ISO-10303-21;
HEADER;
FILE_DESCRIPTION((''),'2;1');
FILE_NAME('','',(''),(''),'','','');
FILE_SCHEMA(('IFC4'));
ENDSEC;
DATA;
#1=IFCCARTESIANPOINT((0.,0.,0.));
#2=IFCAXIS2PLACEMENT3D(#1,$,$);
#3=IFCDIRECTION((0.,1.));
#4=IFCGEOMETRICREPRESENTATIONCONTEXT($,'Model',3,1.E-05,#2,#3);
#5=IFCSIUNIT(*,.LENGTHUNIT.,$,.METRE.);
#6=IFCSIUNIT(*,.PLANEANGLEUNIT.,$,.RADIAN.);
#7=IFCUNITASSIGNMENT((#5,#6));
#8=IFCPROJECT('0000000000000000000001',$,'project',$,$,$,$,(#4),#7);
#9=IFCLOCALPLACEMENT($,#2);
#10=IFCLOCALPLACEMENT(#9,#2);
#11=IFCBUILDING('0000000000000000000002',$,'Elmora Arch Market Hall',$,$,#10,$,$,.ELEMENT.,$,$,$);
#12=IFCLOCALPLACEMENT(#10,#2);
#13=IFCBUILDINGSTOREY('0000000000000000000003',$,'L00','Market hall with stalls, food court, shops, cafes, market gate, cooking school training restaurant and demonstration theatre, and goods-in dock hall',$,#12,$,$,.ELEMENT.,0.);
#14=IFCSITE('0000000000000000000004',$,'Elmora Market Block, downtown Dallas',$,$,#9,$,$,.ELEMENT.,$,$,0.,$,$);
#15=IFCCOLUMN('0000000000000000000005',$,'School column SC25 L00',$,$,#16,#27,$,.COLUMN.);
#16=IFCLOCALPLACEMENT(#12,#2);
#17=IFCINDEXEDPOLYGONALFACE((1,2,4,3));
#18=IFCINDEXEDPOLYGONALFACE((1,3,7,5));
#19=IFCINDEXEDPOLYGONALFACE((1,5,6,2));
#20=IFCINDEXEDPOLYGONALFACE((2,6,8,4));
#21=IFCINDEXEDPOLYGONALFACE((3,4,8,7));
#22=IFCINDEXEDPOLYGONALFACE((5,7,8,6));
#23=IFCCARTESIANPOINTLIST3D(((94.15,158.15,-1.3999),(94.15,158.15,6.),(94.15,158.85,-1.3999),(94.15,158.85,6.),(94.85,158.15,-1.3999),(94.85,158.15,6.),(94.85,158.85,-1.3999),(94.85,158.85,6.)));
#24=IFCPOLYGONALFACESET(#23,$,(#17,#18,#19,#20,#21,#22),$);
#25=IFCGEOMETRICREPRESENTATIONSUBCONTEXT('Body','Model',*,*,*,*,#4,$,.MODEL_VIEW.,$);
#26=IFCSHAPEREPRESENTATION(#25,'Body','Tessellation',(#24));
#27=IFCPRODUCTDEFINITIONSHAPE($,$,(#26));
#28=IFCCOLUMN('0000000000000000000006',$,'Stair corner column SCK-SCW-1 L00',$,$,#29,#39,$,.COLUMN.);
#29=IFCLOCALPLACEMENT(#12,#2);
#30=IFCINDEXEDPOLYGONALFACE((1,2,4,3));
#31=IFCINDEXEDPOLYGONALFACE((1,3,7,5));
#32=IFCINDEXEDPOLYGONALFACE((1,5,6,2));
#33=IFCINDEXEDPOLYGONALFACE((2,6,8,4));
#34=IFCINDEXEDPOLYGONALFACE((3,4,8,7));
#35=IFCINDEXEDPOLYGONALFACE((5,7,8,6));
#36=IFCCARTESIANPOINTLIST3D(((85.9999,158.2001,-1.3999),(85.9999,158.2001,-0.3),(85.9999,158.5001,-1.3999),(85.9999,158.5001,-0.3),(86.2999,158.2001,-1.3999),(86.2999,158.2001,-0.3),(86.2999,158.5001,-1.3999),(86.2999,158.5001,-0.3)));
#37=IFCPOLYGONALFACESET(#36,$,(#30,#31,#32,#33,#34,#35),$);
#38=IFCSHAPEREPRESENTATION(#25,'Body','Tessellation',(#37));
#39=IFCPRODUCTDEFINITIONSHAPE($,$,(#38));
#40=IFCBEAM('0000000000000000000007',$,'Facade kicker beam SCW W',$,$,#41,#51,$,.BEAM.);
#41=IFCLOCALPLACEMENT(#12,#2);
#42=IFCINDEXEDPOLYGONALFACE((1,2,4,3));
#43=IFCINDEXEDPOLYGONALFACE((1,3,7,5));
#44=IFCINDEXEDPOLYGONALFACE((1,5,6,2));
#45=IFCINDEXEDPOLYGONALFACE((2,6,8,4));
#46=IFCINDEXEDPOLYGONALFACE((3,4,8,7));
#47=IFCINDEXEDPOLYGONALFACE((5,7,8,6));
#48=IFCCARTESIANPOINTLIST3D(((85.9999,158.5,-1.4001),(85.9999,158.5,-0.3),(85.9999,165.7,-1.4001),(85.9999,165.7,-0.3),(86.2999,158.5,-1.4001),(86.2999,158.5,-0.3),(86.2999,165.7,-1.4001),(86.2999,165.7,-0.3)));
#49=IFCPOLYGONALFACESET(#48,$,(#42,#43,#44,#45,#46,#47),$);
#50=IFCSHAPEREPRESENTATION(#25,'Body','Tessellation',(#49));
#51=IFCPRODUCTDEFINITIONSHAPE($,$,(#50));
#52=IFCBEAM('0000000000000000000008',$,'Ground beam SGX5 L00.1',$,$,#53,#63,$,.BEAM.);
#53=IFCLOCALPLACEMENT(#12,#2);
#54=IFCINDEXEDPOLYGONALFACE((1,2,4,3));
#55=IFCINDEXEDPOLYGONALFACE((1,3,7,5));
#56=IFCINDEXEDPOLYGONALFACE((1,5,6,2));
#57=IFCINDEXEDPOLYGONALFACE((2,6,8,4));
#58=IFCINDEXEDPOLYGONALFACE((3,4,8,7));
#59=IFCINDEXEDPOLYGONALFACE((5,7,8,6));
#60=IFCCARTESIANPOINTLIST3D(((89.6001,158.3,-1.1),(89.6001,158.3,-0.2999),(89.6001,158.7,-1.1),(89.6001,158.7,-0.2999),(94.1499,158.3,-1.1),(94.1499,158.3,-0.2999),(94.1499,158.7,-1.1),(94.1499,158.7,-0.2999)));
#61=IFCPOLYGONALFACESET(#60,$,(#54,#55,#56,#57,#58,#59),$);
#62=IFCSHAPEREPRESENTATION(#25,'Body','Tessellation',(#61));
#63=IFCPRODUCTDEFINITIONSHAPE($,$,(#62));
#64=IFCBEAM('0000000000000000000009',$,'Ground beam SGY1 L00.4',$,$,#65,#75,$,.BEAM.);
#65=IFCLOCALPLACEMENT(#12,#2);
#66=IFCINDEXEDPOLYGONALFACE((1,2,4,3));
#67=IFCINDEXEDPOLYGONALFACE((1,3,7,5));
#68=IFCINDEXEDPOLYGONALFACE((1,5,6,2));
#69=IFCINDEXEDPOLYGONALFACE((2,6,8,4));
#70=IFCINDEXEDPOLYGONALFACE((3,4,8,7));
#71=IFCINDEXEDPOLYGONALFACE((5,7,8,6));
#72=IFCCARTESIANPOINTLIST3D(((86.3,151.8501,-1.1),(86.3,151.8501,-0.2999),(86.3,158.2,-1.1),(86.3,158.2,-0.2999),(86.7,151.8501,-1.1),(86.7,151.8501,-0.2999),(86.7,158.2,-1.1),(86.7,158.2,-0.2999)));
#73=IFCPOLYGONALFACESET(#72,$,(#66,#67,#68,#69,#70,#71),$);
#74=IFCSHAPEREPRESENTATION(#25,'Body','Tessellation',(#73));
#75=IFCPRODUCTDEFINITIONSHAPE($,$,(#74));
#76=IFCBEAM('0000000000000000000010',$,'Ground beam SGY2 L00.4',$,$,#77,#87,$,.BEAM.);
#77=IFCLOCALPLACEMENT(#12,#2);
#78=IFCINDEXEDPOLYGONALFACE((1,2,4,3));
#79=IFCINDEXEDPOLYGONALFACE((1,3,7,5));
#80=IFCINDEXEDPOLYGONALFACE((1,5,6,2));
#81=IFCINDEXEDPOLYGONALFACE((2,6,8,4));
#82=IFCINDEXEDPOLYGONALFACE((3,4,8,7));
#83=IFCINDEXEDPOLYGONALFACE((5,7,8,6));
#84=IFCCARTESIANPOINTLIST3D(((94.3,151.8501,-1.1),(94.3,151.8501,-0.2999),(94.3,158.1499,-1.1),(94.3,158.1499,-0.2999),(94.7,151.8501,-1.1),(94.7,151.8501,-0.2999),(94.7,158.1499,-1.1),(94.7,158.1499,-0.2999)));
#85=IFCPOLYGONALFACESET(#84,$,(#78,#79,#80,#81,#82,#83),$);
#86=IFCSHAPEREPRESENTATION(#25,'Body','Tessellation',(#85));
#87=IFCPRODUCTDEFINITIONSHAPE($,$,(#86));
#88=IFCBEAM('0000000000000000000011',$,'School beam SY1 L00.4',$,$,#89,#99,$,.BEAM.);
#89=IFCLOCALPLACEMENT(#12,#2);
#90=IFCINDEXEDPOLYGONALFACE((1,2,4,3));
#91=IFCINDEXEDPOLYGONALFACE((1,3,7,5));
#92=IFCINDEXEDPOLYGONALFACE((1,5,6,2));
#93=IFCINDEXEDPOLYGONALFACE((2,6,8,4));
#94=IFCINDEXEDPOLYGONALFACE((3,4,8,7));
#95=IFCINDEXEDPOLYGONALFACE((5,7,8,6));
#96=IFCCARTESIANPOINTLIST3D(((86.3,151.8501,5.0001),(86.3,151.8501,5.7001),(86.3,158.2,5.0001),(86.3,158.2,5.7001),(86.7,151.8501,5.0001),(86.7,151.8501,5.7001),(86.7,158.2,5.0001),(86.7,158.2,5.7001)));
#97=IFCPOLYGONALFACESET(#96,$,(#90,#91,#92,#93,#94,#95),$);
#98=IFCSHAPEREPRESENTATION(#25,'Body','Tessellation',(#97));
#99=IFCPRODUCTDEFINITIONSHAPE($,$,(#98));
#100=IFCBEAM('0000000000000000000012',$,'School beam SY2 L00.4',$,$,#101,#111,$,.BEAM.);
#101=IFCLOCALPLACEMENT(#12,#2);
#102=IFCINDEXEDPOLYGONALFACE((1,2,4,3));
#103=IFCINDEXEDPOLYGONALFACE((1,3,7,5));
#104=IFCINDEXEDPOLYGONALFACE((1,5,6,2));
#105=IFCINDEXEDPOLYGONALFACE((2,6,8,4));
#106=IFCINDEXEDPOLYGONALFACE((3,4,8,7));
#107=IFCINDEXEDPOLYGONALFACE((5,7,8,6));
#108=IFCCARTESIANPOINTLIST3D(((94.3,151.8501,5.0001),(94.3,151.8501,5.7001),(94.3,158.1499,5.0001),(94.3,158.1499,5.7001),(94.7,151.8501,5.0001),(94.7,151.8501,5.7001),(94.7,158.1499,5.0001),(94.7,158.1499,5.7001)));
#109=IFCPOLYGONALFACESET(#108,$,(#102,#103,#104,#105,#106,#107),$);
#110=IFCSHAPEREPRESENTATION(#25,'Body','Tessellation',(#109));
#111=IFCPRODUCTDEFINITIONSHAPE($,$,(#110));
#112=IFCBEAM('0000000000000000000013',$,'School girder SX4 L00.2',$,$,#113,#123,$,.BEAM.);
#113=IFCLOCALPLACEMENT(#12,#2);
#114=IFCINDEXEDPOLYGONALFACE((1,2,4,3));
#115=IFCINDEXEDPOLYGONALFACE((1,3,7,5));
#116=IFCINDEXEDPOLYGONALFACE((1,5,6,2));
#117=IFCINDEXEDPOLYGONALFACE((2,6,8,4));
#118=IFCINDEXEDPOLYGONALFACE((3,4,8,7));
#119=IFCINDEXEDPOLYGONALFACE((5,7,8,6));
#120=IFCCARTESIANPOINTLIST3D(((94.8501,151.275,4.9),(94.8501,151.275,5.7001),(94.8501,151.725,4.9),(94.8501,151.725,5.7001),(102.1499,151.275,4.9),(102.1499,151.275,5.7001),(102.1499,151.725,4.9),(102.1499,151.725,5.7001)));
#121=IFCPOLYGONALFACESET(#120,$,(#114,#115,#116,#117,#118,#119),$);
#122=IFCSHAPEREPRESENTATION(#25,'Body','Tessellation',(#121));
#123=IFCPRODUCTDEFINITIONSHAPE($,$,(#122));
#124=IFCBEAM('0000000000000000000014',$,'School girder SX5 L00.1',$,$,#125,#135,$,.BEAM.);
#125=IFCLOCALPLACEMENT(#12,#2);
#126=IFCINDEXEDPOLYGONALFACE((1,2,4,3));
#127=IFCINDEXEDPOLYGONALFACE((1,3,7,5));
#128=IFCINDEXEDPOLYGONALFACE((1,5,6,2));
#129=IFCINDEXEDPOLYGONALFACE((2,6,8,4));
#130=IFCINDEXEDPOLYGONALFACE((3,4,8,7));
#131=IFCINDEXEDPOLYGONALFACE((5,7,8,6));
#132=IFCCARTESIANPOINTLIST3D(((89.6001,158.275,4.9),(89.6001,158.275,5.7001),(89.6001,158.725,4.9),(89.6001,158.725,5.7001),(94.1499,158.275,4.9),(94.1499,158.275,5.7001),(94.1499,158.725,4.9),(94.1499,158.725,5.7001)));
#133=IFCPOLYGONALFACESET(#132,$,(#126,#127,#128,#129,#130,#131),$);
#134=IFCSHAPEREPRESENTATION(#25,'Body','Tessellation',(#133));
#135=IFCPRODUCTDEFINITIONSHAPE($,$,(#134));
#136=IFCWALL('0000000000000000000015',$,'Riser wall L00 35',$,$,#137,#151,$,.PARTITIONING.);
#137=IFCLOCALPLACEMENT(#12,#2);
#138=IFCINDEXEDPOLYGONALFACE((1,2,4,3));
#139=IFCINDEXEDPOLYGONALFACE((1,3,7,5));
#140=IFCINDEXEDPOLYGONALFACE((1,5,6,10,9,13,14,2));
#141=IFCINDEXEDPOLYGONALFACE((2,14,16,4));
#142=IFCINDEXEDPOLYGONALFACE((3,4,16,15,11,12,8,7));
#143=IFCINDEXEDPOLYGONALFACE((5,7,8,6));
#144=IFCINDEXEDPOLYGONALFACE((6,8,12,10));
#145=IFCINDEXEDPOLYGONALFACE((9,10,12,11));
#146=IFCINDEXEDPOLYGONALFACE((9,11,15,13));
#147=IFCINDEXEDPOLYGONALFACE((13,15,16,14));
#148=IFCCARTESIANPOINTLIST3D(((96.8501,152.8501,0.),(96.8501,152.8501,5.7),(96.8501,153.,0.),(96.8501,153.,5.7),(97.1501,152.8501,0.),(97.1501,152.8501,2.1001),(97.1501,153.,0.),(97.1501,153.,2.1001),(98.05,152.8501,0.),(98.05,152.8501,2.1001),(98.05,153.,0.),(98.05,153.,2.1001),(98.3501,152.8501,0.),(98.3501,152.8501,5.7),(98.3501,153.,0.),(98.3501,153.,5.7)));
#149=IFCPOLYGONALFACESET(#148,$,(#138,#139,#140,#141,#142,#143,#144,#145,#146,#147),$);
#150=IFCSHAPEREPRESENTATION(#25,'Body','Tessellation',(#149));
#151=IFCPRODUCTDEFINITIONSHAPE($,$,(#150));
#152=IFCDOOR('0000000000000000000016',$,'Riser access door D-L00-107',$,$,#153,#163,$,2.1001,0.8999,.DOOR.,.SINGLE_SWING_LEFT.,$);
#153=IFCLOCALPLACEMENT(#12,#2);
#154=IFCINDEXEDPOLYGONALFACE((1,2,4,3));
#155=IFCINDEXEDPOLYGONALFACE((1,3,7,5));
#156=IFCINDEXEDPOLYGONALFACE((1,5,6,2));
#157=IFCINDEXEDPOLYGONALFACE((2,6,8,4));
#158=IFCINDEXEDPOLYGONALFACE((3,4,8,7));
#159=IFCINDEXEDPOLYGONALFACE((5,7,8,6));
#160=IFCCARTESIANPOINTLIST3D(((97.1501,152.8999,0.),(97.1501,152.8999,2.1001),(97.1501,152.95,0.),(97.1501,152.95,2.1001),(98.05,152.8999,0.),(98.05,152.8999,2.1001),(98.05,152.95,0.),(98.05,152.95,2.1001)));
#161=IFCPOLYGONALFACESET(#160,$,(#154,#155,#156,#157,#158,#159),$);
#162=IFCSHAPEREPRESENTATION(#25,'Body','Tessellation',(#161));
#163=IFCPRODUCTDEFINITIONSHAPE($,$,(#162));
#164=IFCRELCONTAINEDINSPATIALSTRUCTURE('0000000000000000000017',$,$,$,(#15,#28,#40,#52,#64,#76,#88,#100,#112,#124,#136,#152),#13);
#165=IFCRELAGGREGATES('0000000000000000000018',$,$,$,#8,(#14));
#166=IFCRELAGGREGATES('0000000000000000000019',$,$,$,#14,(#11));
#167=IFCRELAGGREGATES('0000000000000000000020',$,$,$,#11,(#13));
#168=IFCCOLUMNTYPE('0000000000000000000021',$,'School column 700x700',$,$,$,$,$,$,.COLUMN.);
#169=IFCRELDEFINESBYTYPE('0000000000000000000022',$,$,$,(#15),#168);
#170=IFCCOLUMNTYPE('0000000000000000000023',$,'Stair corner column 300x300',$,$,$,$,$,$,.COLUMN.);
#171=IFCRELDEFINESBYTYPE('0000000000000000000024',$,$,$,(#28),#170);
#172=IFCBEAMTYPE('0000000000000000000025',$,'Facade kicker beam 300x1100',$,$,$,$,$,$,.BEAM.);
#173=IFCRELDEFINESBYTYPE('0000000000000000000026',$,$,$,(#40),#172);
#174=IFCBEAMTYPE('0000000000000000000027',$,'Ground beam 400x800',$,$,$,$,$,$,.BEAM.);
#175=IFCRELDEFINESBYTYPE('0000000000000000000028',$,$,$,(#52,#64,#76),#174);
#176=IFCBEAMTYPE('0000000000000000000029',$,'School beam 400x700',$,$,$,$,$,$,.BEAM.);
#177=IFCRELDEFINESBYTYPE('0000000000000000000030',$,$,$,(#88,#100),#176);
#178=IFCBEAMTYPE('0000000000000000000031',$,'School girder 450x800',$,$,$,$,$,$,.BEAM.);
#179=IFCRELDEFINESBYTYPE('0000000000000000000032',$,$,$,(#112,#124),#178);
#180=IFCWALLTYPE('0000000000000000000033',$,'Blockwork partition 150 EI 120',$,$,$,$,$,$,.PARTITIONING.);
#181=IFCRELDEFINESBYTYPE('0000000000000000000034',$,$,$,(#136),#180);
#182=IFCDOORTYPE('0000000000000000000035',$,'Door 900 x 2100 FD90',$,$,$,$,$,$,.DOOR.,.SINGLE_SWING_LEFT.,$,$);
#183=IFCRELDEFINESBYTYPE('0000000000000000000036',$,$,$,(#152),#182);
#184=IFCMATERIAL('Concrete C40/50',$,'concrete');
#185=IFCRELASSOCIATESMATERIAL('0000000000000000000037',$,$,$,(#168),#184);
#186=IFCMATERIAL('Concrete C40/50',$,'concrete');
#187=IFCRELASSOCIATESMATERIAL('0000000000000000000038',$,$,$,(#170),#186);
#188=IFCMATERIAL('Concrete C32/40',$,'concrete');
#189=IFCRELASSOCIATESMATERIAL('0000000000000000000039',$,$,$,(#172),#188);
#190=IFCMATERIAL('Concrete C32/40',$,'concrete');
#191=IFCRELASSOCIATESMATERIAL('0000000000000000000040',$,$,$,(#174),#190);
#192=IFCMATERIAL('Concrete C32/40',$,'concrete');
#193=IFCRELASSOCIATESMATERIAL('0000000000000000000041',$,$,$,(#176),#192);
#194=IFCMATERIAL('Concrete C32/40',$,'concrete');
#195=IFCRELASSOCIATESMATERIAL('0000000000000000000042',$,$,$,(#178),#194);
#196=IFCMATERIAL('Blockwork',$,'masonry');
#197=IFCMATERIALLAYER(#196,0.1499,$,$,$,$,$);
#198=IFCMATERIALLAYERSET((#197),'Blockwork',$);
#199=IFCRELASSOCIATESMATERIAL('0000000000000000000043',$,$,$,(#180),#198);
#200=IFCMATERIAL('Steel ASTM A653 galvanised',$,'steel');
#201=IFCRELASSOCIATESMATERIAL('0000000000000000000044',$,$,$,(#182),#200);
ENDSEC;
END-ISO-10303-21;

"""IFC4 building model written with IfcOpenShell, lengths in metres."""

from ifc_helpers import new_model, si_unit, direction, frame, frame_2d, origin, origin_2d, place, context, subcontext, project, spatial, rectangle, extrude, material, layer, layer_set, material_profile, profile_set, type_object, element, fill, save


model = new_model("IFC4")

# Units and contexts
model_context = context("Model", 3, precision=1e-05, world=origin(), true_north=direction((0.0, 1.0)))
body_context = subcontext(model_context, "Body", "Model", "MODEL_VIEW")
ifc_project = project(units=[si_unit("LENGTHUNIT", "METRE"), si_unit("PLANEANGLEUNIT", "RADIAN")], contexts=[model_context])

# Site, building, storey
site_placement = place(None, origin())
site = spatial("IfcSite", under=ifc_project, at=site_placement, Name="Elmora Market Block, downtown Dallas", CompositionType="ELEMENT", RefElevation=0.0)
building_placement = place(site_placement, origin())
building = spatial("IfcBuilding", under=site, at=building_placement, Name="Elmora Arch Market Hall", CompositionType="ELEMENT")
storey_placement = place(building_placement, origin())
storey = spatial("IfcBuildingStorey", under=building, at=storey_placement, Name="L00", Description="Market hall with stalls, food court, shops, cafes, market gate, cooking school training restaurant and demonstration theatre, and goods-in dock hall", CompositionType="ELEMENT", Elevation=0.0)

# Columns
ifc_material_1 = material(Name="Concrete C40/50", Category="concrete")
ifc_material_profile_1 = material_profile(ifc_material_1, rectangle(XDim=0.7, YDim=0.7, at=origin_2d()), Name="School column 700x700")
ifc_profile_set_1 = profile_set([ifc_material_profile_1], Name="Concrete C40/50")
column_type_1 = type_object("IfcColumnType", Name="School column 700x700", PredefinedType="COLUMN", material=ifc_profile_set_1)
column_1_placement = place(storey_placement, frame((94.5, 158.5, -1.3999), z_axis=(0.0, 0.0, 1.0), x_axis=(1.0, 0.0, 0.0)))
element("IfcColumn", 1, at=column_1_placement, inside=storey, type_object=column_type_1, Name="School column SC25 L00", PredefinedType="COLUMN", context=body_context, shape_type="SweptSolid", body=[
    extrude(rectangle(XDim=0.7, YDim=0.7, at=origin_2d()), origin(), (0.0, 0.0, 1.0), 7.3999),
])
ifc_material_2 = material(Name="Concrete C40/50", Category="concrete")
ifc_material_profile_2 = material_profile(ifc_material_2, rectangle(XDim=0.3, YDim=0.3, at=origin_2d()), Name="Stair corner column 300x300")
ifc_profile_set_2 = profile_set([ifc_material_profile_2], Name="Concrete C40/50")
column_type_2 = type_object("IfcColumnType", Name="Stair corner column 300x300", PredefinedType="COLUMN", material=ifc_profile_set_2)
column_2_placement = place(storey_placement, frame((86.1499, 158.3501, -1.3999), z_axis=(0.0, 0.0, 1.0), x_axis=(1.0, 0.0, 0.0)))
element("IfcColumn", 2, at=column_2_placement, inside=storey, type_object=column_type_2, Name="Stair corner column SCK-SCW-1 L00", PredefinedType="COLUMN", context=body_context, shape_type="SweptSolid", body=[
    extrude(rectangle(XDim=0.3, YDim=0.3, at=origin_2d()), origin(), (0.0, 0.0, 1.0), 1.0999),
])

# Beams
ifc_material_3 = material(Name="Concrete C32/40", Category="concrete")
ifc_material_profile_3 = material_profile(ifc_material_3, rectangle(XDim=0.3, YDim=1.1001, at=origin_2d()), Name="Facade kicker beam 300x1100")
ifc_profile_set_3 = profile_set([ifc_material_profile_3], Name="Concrete C32/40")
beam_type_1 = type_object("IfcBeamType", Name="Facade kicker beam 300x1100", PredefinedType="BEAM", material=ifc_profile_set_3)
beam_1_placement = place(storey_placement, frame((86.1499, 158.5, -0.8501), z_axis=(0.0, 1.0, 0.0), x_axis=(-1.0, 0.0, 0.0)))
element("IfcBeam", 3, at=beam_1_placement, inside=storey, type_object=beam_type_1, Name="Facade kicker beam SCW W", PredefinedType="BEAM", context=body_context, shape_type="SweptSolid", body=[
    extrude(rectangle(XDim=0.3, YDim=1.1001, at=origin_2d()), origin(), (0.0, 0.0, 1.0), 7.2),
])
ifc_material_4 = material(Name="Concrete C32/40", Category="concrete")
ifc_material_profile_4 = material_profile(ifc_material_4, rectangle(XDim=0.3999, YDim=0.8, at=origin_2d()), Name="Ground beam 400x800")
ifc_profile_set_4 = profile_set([ifc_material_profile_4], Name="Concrete C32/40")
beam_type_2 = type_object("IfcBeamType", Name="Ground beam 400x800", PredefinedType="BEAM", material=ifc_profile_set_4)
beam_2_placement = place(storey_placement, frame((89.6001, 158.5, -0.7), z_axis=(1.0, 0.0, 0.0), x_axis=(0.0, 1.0, 0.0)))
element("IfcBeam", 4, at=beam_2_placement, inside=storey, type_object=beam_type_2, Name="Ground beam SGX5 L00.1", PredefinedType="BEAM", context=body_context, shape_type="SweptSolid", body=[
    extrude(rectangle(XDim=0.3999, YDim=0.8, at=origin_2d()), origin(), (0.0, 0.0, 1.0), 4.5498),
])
beam_3_placement = place(storey_placement, frame((86.5, 151.8501, -0.7), z_axis=(0.0, 1.0, 0.0), x_axis=(-1.0, 0.0, 0.0)))
element("IfcBeam", 5, at=beam_3_placement, inside=storey, type_object=beam_type_2, Name="Ground beam SGY1 L00.4", PredefinedType="BEAM", context=body_context, shape_type="SweptSolid", body=[
    extrude(rectangle(XDim=0.3999, YDim=0.8, at=origin_2d()), origin(), (0.0, 0.0, 1.0), 6.3499),
])
beam_4_placement = place(storey_placement, frame((94.5, 151.8501, -0.7), z_axis=(0.0, 1.0, 0.0), x_axis=(-1.0, 0.0, 0.0)))
element("IfcBeam", 6, at=beam_4_placement, inside=storey, type_object=beam_type_2, Name="Ground beam SGY2 L00.4", PredefinedType="BEAM", context=body_context, shape_type="SweptSolid", body=[
    extrude(rectangle(XDim=0.3999, YDim=0.8, at=origin_2d()), origin(), (0.0, 0.0, 1.0), 6.2998),
])
ifc_material_5 = material(Name="Concrete C32/40", Category="concrete")
ifc_material_profile_5 = material_profile(ifc_material_5, rectangle(XDim=0.3999, YDim=0.7, at=origin_2d()), Name="School beam 400x700")
ifc_profile_set_5 = profile_set([ifc_material_profile_5], Name="Concrete C32/40")
beam_type_3 = type_object("IfcBeamType", Name="School beam 400x700", PredefinedType="BEAM", material=ifc_profile_set_5)
beam_5_placement = place(storey_placement, frame((86.5, 151.8501, 5.3501), z_axis=(0.0, 1.0, 0.0), x_axis=(-1.0, 0.0, 0.0)))
element("IfcBeam", 7, at=beam_5_placement, inside=storey, type_object=beam_type_3, Name="School beam SY1 L00.4", PredefinedType="BEAM", context=body_context, shape_type="SweptSolid", body=[
    extrude(rectangle(XDim=0.3999, YDim=0.7, at=origin_2d()), origin(), (0.0, 0.0, 1.0), 6.3499),
])
beam_6_placement = place(storey_placement, frame((94.5, 151.8501, 5.3501), z_axis=(0.0, 1.0, 0.0), x_axis=(-1.0, 0.0, 0.0)))
element("IfcBeam", 8, at=beam_6_placement, inside=storey, type_object=beam_type_3, Name="School beam SY2 L00.4", PredefinedType="BEAM", context=body_context, shape_type="SweptSolid", body=[
    extrude(rectangle(XDim=0.3999, YDim=0.7, at=origin_2d()), origin(), (0.0, 0.0, 1.0), 6.2998),
])
ifc_material_6 = material(Name="Concrete C32/40", Category="concrete")
ifc_material_profile_6 = material_profile(ifc_material_6, rectangle(XDim=0.45, YDim=0.8, at=origin_2d()), Name="School girder 450x800")
ifc_profile_set_6 = profile_set([ifc_material_profile_6], Name="Concrete C32/40")
beam_type_4 = type_object("IfcBeamType", Name="School girder 450x800", PredefinedType="BEAM", material=ifc_profile_set_6)
beam_7_placement = place(storey_placement, frame((94.8501, 151.5, 5.3), z_axis=(1.0, 0.0, 0.0), x_axis=(0.0, 1.0, 0.0)))
element("IfcBeam", 9, at=beam_7_placement, inside=storey, type_object=beam_type_4, Name="School girder SX4 L00.2", PredefinedType="BEAM", context=body_context, shape_type="SweptSolid", body=[
    extrude(rectangle(XDim=0.45, YDim=0.8, at=origin_2d()), origin(), (0.0, 0.0, 1.0), 7.2998),
])
beam_8_placement = place(storey_placement, frame((89.6001, 158.5, 5.3), z_axis=(1.0, 0.0, 0.0), x_axis=(0.0, 1.0, 0.0)))
element("IfcBeam", 10, at=beam_8_placement, inside=storey, type_object=beam_type_4, Name="School girder SX5 L00.1", PredefinedType="BEAM", context=body_context, shape_type="SweptSolid", body=[
    extrude(rectangle(XDim=0.45, YDim=0.8, at=origin_2d()), origin(), (0.0, 0.0, 1.0), 4.5498),
])

# Wall, opening, door
ifc_material_7 = material(Name="Blockwork", Category="masonry")
ifc_layer_1 = layer(ifc_material_7, 0.1499)
ifc_layer_set_1 = layer_set([ifc_layer_1], Name="Blockwork")
wall_type_1 = type_object("IfcWallType", Name="Blockwork partition 150 EI 120", PredefinedType="PARTITIONING", material=ifc_layer_set_1)
wall_1_placement = place(storey_placement, frame((96.8501, 152.925, 0.0), z_axis=(0.0, 0.0, 1.0), x_axis=(1.0, 0.0, 0.0)))
wall_1 = element("IfcWall", 11, at=wall_1_placement, inside=storey, type_object=wall_type_1, Name="Riser wall L00 35", PredefinedType="PARTITIONING", context=body_context, shape_type="SweptSolid", body=[
    extrude(rectangle(XDim=1.5, YDim=0.1499, at=frame_2d((0.75, 0.0))), origin(), (0.0, 0.0, 1.0), 5.7),
])
opening_1_placement = place(wall_1_placement, frame((0.3, 0.0, 0.0)))
opening_1 = element("IfcOpeningElement", 12, at=opening_1_placement, cuts=wall_1, PredefinedType="OPENING", context=body_context, shape_type="SweptSolid", body=[
    extrude(rectangle(XDim=0.8999, YDim=2.1001, at=frame_2d((0.45, 1.05))), frame((0.0, 0.085, 0.0), z_axis=(0.0, -1.0, 0.0), x_axis=(1.0, 0.0, 0.0)), (0.0, 0.0, 1.0), 0.1699),
])
ifc_material_8 = material(Name="Steel ASTM A653 galvanised", Category="steel")
door_type_1 = type_object("IfcDoorType", Name="Door 900 x 2100 FD90", OperationType="SINGLE_SWING_LEFT", PredefinedType="DOOR", material=ifc_material_8)
door_1_placement = place(opening_1_placement, origin())
door_1 = element("IfcDoor", 13, at=door_1_placement, inside=storey, type_object=door_type_1, Name="Riser access door D-L00-107", OperationType="SINGLE_SWING_LEFT", OverallHeight=2.1001, OverallWidth=0.8999, PredefinedType="DOOR", context=body_context, shape_type="SweptSolid", body=[
    extrude(rectangle(XDim=0.8999, YDim=2.1001, at=frame_2d((0.45, 1.05))), frame((0.0, 0.0249, 0.0), z_axis=(0.0, -1.0, 0.0), x_axis=(1.0, 0.0, 0.0)), (0.0, 0.0, 1.0), 0.05),
])
fill(opening_1, door_1)

save(model, "model.ifc")
